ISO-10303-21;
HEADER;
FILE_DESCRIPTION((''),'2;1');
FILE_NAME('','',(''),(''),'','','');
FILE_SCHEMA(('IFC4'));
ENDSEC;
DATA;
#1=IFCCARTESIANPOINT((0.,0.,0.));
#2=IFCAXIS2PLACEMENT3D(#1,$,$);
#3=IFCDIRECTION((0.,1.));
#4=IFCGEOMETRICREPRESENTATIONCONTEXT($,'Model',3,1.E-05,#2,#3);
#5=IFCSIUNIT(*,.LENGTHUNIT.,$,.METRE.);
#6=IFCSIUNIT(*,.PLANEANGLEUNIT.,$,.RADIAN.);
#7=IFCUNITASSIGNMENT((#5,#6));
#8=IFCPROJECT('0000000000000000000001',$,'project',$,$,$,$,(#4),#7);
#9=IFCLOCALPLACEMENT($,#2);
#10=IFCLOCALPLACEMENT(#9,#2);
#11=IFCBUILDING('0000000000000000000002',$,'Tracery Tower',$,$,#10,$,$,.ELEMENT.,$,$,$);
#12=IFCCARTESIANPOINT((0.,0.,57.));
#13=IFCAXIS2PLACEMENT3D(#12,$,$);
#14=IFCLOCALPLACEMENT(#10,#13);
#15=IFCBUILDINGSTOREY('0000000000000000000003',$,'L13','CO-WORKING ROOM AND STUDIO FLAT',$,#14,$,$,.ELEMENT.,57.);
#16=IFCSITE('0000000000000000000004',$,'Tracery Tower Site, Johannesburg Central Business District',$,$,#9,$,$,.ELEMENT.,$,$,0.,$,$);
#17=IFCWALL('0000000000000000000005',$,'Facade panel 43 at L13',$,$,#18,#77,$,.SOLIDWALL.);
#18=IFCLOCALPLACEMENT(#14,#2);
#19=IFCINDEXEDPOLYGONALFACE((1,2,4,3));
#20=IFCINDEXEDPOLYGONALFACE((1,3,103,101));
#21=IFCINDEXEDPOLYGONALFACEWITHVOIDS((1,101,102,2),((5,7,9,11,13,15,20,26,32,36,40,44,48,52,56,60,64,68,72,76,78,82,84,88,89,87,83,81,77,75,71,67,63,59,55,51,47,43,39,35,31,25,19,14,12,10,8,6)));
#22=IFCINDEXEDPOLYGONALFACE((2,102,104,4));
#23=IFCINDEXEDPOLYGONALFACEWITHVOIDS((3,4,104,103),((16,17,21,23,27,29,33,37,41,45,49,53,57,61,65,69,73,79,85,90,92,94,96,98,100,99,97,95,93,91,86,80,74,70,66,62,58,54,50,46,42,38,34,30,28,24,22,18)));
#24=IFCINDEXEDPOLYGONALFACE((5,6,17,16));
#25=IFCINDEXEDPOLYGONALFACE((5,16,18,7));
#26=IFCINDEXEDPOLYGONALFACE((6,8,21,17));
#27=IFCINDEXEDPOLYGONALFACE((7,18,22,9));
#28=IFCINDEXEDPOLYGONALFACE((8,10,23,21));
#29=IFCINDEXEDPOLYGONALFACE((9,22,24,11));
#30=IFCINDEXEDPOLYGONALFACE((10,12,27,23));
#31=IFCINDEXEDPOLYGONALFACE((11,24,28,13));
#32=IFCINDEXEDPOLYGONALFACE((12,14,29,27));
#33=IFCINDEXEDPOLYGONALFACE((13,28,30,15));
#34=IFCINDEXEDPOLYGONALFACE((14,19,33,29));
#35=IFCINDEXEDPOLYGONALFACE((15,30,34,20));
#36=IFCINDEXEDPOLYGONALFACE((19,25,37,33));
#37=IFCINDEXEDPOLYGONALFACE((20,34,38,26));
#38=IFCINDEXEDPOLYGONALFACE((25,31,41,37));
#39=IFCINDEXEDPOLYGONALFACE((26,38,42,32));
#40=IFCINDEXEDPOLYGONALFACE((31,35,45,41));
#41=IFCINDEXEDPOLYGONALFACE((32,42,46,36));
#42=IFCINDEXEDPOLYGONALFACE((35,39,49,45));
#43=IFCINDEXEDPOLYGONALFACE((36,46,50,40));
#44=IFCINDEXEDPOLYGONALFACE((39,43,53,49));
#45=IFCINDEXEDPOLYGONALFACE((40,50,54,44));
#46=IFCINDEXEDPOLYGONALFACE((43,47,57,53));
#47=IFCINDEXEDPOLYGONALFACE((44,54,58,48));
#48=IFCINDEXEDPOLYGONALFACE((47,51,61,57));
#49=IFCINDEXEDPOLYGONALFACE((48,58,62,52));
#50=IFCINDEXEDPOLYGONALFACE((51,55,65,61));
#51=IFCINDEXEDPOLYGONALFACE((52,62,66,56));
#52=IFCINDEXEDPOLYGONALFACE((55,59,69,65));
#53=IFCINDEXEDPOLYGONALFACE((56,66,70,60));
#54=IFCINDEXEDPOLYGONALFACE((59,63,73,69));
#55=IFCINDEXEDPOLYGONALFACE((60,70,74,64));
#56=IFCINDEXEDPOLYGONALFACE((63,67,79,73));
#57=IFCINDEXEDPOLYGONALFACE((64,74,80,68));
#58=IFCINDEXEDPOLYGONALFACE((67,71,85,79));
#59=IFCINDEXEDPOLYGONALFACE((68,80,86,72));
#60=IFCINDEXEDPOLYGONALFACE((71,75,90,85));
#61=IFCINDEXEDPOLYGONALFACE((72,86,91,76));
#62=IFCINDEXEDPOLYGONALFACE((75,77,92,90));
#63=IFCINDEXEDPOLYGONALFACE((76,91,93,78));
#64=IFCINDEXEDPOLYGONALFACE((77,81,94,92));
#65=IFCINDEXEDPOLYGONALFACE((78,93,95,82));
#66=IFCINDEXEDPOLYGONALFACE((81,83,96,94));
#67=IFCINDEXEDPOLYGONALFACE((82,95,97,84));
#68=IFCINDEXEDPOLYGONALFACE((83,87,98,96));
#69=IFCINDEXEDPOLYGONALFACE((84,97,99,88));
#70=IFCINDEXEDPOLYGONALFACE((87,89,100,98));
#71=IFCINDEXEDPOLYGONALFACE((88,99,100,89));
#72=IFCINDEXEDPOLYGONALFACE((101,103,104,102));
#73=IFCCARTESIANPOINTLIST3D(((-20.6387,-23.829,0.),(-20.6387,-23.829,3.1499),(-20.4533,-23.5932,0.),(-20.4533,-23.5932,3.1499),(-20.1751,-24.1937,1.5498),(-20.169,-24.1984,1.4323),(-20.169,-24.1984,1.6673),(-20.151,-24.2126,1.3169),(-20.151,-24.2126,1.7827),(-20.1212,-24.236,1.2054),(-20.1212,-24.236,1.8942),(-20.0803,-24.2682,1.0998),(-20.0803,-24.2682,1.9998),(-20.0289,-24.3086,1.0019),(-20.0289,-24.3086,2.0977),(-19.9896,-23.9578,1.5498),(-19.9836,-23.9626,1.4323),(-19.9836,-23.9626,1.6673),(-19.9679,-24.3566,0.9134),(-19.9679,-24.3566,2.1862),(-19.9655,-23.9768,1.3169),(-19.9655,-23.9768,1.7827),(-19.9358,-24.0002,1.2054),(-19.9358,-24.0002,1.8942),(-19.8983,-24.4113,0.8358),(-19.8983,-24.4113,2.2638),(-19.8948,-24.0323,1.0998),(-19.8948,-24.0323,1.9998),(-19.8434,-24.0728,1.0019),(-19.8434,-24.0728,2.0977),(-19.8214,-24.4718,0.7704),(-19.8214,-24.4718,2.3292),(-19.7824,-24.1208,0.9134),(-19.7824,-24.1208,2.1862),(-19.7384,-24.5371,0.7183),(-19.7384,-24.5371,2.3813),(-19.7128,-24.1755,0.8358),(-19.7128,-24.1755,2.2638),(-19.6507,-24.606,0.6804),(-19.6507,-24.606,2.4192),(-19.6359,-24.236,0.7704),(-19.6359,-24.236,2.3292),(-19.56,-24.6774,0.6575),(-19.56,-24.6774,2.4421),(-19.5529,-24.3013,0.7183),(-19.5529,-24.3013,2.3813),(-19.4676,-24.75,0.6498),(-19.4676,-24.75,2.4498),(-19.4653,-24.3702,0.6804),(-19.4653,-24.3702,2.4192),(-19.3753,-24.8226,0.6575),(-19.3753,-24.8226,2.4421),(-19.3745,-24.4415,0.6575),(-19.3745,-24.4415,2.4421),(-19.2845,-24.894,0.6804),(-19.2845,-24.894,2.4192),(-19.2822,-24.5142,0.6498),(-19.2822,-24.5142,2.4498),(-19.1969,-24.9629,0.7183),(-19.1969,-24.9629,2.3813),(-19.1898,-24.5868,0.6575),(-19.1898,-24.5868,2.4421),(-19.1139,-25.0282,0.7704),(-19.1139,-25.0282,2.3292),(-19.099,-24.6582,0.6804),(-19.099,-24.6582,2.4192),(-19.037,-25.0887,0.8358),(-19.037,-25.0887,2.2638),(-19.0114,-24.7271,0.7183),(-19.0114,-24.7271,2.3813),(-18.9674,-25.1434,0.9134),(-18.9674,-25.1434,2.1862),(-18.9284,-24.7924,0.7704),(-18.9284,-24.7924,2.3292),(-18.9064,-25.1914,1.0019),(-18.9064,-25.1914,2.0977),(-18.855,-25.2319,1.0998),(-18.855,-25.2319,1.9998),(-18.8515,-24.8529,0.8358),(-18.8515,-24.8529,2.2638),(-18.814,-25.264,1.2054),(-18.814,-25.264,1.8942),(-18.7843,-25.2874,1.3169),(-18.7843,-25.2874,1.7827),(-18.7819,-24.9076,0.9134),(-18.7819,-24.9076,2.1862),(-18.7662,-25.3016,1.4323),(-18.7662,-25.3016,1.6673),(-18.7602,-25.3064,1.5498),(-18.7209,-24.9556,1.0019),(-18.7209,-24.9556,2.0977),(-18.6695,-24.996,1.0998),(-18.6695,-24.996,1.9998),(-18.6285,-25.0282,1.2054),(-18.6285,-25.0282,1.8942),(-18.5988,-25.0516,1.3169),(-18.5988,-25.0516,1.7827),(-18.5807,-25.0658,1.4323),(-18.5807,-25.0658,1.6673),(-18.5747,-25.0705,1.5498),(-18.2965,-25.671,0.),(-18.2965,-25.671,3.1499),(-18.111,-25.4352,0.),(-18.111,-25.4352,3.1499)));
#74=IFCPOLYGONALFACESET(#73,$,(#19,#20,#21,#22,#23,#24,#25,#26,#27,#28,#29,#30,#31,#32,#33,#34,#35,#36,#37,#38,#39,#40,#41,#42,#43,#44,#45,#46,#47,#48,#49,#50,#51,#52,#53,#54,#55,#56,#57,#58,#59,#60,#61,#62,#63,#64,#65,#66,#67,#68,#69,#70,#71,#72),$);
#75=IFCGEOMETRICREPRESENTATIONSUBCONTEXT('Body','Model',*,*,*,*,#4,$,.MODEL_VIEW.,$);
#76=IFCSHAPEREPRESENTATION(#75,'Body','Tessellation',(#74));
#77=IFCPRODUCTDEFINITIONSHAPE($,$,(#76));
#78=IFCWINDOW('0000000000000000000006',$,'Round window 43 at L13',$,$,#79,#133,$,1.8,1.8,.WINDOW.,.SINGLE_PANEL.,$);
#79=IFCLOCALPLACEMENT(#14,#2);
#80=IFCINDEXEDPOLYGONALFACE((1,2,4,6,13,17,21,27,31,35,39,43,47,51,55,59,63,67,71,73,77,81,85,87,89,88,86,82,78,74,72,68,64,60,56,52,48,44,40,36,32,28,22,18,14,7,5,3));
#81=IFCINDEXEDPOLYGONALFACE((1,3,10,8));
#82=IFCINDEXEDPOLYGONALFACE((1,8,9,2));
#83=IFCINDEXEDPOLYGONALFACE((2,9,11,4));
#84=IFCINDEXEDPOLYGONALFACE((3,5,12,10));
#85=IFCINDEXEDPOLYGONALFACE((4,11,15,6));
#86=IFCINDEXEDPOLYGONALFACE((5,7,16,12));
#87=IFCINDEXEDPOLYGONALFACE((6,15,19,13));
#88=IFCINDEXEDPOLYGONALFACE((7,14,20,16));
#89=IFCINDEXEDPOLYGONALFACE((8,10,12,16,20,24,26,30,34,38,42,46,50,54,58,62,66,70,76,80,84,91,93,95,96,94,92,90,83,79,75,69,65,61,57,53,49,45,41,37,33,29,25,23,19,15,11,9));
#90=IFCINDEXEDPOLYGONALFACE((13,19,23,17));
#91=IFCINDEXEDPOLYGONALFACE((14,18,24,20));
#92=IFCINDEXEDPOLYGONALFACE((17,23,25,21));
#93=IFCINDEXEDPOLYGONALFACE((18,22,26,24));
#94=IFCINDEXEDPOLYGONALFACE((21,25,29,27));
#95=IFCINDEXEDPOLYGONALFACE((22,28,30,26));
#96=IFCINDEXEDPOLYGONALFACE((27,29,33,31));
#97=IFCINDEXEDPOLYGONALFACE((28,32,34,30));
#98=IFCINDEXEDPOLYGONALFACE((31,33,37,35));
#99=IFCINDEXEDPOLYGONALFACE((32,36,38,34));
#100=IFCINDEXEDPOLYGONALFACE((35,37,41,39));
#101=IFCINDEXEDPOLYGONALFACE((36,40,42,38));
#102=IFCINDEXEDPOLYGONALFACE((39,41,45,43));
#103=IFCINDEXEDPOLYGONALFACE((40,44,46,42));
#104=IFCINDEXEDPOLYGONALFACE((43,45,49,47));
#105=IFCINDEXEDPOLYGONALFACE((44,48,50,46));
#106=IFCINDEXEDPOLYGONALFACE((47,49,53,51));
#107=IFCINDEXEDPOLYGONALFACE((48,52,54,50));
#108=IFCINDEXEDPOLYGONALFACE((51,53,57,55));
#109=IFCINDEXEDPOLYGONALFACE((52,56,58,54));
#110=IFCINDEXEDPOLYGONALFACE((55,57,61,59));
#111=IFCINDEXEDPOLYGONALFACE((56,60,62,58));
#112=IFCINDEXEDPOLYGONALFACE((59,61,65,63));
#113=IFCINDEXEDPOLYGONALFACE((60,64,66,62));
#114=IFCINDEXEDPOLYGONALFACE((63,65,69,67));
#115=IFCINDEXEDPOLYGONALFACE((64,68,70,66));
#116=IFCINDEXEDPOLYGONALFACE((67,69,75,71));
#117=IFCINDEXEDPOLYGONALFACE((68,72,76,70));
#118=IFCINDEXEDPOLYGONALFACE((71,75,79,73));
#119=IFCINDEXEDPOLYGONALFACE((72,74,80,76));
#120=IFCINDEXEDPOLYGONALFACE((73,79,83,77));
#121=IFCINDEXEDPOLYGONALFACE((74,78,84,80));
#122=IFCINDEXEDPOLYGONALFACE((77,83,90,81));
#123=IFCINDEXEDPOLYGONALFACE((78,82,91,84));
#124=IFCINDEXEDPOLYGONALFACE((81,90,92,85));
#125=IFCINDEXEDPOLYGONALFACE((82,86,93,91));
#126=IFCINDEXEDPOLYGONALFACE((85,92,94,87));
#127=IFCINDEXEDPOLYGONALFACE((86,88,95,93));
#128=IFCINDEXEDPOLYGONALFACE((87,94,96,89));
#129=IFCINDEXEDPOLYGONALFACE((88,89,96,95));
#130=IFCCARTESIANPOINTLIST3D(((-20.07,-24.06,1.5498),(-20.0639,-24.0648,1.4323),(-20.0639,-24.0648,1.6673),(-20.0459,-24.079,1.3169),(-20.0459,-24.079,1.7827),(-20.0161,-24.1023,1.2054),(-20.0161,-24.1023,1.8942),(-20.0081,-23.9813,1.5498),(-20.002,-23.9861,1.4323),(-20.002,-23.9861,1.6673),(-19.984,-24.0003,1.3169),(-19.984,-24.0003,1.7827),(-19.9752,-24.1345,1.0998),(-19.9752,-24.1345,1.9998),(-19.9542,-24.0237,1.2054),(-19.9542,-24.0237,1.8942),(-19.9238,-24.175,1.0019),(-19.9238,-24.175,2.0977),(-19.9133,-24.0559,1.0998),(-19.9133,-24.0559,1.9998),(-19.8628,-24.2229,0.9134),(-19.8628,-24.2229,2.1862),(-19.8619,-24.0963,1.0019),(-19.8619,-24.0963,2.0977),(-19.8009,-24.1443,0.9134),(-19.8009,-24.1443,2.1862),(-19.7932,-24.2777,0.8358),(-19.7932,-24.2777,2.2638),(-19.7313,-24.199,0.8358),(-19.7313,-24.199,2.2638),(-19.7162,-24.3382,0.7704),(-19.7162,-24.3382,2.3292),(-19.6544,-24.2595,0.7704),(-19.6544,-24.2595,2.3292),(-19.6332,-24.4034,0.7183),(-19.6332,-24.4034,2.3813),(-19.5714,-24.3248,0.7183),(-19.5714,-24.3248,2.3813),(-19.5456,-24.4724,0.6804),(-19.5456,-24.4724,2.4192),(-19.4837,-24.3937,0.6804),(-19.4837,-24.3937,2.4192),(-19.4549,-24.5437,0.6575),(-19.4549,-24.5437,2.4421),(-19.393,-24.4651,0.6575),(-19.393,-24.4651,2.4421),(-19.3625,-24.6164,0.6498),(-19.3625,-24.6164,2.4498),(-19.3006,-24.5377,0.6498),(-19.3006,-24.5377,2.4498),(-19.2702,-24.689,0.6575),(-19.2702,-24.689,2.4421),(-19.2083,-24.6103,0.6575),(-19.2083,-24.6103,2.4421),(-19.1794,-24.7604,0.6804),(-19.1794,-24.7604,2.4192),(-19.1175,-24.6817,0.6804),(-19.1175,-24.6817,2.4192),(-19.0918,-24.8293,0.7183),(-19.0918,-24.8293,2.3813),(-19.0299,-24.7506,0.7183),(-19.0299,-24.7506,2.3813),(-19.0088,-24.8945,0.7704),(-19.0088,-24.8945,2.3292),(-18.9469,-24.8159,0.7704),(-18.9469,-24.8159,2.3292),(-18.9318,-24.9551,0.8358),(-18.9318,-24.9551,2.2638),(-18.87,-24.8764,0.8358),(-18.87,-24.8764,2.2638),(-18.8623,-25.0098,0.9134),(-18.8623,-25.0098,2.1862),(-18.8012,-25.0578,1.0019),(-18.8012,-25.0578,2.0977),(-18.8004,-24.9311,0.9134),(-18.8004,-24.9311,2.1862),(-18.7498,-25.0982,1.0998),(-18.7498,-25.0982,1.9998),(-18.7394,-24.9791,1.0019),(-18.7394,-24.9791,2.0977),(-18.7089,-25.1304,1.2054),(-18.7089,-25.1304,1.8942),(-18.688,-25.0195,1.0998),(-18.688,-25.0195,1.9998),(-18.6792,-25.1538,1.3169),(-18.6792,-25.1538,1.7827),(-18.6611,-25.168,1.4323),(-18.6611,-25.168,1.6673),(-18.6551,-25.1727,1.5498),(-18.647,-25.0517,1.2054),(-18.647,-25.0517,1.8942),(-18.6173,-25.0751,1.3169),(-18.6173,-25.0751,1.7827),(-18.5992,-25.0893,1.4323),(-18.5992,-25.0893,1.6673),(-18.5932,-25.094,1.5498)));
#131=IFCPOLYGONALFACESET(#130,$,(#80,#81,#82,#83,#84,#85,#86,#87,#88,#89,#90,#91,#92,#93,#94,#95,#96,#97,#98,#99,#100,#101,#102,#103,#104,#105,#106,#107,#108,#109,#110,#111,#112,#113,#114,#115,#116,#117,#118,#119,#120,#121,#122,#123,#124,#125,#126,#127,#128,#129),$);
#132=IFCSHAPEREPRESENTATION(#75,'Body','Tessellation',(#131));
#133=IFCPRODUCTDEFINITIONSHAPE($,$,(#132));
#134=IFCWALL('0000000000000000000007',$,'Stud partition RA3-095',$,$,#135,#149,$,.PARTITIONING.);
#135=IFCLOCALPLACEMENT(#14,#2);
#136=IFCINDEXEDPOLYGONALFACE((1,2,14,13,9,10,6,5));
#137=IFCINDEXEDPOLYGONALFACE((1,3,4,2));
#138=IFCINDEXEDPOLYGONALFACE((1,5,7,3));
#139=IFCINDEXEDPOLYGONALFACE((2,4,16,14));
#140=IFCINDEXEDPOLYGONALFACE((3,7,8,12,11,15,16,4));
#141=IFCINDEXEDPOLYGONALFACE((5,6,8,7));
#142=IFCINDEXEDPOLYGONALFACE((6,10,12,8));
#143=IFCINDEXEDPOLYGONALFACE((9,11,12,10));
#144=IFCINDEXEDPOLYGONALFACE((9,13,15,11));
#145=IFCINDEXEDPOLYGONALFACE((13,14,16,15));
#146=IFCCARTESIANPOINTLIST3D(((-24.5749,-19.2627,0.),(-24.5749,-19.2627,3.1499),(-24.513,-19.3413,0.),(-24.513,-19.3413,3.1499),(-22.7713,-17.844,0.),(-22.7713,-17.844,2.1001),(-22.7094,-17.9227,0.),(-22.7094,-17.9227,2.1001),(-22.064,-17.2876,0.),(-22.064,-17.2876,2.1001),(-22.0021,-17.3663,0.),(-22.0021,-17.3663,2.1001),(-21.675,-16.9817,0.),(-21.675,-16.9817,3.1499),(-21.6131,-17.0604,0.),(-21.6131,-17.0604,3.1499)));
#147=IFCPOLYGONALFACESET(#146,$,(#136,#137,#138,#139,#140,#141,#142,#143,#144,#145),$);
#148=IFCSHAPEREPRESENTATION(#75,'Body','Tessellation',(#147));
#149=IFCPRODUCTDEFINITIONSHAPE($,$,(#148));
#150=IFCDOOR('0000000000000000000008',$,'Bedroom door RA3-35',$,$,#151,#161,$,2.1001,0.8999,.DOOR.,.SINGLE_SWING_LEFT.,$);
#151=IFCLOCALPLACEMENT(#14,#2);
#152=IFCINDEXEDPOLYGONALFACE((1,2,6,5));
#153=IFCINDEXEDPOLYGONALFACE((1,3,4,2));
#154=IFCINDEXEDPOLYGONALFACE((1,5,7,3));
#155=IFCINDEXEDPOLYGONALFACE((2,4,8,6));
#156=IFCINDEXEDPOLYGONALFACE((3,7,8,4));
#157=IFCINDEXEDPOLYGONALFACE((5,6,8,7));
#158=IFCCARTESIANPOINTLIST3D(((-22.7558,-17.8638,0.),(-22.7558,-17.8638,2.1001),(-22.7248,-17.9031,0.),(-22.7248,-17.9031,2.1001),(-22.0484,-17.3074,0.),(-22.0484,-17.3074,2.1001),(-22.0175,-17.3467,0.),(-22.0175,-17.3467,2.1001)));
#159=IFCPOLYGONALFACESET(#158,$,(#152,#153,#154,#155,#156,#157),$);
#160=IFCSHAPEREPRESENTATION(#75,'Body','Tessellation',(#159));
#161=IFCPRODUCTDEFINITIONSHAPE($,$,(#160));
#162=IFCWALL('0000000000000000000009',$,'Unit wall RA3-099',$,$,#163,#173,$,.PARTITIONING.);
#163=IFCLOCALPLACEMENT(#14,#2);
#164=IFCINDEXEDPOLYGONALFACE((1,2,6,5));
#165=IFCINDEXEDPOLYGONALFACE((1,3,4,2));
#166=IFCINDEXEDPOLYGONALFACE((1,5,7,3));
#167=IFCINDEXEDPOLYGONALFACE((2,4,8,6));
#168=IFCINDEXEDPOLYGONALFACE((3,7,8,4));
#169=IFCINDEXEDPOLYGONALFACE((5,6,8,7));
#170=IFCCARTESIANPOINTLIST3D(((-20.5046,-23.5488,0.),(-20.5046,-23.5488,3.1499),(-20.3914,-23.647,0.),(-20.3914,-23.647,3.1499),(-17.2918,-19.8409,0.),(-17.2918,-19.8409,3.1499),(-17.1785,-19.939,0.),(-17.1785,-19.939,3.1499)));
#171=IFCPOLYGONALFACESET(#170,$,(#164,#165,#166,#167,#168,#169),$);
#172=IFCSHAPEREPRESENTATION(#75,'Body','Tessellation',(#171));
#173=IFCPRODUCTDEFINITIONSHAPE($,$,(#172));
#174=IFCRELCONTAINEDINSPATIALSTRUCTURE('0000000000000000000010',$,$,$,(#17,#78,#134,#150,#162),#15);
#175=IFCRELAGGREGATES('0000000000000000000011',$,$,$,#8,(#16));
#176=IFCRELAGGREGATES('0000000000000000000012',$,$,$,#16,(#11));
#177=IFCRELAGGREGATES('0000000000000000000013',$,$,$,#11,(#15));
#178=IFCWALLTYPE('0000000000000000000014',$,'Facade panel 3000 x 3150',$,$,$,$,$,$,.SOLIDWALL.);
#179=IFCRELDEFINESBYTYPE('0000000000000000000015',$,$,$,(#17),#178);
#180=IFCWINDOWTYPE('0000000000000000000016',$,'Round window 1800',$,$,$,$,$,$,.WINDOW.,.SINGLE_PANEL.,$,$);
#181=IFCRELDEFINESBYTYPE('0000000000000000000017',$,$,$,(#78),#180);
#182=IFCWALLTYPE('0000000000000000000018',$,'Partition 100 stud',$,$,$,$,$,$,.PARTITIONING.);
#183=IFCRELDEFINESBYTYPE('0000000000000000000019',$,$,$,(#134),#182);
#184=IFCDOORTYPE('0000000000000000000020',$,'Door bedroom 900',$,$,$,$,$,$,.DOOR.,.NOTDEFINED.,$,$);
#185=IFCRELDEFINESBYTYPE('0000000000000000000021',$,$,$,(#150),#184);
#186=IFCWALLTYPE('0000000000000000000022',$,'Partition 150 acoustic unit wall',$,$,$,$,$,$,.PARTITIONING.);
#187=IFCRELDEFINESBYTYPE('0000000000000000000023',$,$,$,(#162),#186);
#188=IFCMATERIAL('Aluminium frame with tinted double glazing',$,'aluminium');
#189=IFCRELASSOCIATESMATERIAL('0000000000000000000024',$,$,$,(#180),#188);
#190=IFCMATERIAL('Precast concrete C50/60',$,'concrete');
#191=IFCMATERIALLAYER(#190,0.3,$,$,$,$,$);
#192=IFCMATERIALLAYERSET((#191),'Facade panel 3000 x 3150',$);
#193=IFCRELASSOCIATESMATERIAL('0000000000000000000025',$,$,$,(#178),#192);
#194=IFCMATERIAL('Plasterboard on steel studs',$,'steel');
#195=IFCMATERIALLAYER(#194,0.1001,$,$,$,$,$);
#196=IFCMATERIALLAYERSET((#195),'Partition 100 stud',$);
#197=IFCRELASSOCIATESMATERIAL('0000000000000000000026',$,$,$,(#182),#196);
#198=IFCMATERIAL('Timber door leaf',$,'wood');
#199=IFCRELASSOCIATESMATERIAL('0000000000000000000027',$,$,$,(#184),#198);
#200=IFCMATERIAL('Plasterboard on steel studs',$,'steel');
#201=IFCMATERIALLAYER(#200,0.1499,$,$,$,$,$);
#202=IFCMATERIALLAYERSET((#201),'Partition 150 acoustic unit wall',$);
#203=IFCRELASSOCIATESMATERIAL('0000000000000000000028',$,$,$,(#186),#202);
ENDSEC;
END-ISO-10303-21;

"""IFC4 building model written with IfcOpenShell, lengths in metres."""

from ifc_helpers import new_model, si_unit, direction, frame, frame_2d, origin, origin_2d, place, context, subcontext, project, spatial, rectangle, circle, extrude, material, layer, layer_set, type_object, element, fill, save


model = new_model("IFC4")

# Units and contexts
model_context = context("Model", 3, precision=1e-05, world=origin(), true_north=direction((0.0, 1.0)))
body_context = subcontext(model_context, "Body", "Model", "MODEL_VIEW")
ifc_project = project(units=[si_unit("LENGTHUNIT", "METRE"), si_unit("PLANEANGLEUNIT", "RADIAN")], contexts=[model_context])

# Site, building, storey
site_placement = place(None, origin())
site = spatial("IfcSite", under=ifc_project, at=site_placement, Name="Tracery Tower Site, Johannesburg Central Business District", CompositionType="ELEMENT", RefElevation=0.0)
building_placement = place(site_placement, origin())
building = spatial("IfcBuilding", under=site, at=building_placement, Name="Tracery Tower", CompositionType="ELEMENT")
storey_placement = place(building_placement, frame((0.0, 0.0, 57.0)))
storey = spatial("IfcBuildingStorey", under=building, at=storey_placement, Name="L13", Description="CO-WORKING ROOM AND STUDIO FLAT", CompositionType="ELEMENT", Elevation=57.0)

# Wall, opening, window
ifc_material_1 = material(Name="Aluminium frame with tinted double glazing", Category="aluminium")
window_type = type_object("IfcWindowType", Name="Round window 1800", PartitioningType="SINGLE_PANEL", PredefinedType="WINDOW", material=ifc_material_1)
ifc_material_2 = material(Name="Precast concrete C50/60", Category="concrete")
ifc_layer_1 = layer(ifc_material_2, 0.3)
ifc_layer_set_1 = layer_set([ifc_layer_1], Name="Facade panel 3000 x 3150")
wall_type_1 = type_object("IfcWallType", Name="Facade panel 3000 x 3150", PredefinedType="SOLIDWALL", material=ifc_layer_set_1)
wall_1_placement = place(storey_placement, frame((-20.5459, -23.7112, 0.0), z_axis=(0.0, 0.0, 1.0), x_axis=(0.786045, -0.618169, 0.0)))
wall_1 = element("IfcWall", 1, at=wall_1_placement, inside=storey, type_object=wall_type_1, Name="Facade panel 43 at L13", PredefinedType="SOLIDWALL", context=body_context, shape_type="SweptSolid", body=[
    extrude(rectangle(XDim=2.9797, YDim=0.3, at=frame_2d((1.4897, 0.0))), origin(), (0.0, 0.0, 1.0), 3.1499),
])
opening_1_placement = place(wall_1_placement, frame((1.4897, 0.0, 1.5498)))
opening_1 = element("IfcOpeningElement", 2, at=opening_1_placement, cuts=wall_1, PredefinedType="OPENING", context=body_context, shape_type="SweptSolid", body=[
    extrude(circle(Radius=0.9, at=origin_2d()), frame((0.0, 0.1599, 0.0), z_axis=(0.0, -1.0, 0.0), x_axis=(1.0, 0.0, 0.0)), (0.0, 0.0, 1.0), 0.3201),
])
window_1_placement = place(opening_1_placement, origin())
window_1 = element("IfcWindow", 3, at=window_1_placement, inside=storey, type_object=window_type, Name="Round window 43 at L13", OverallHeight=1.8, OverallWidth=1.8, PartitioningType="SINGLE_PANEL", PredefinedType="WINDOW", context=body_context, shape_type="SweptSolid", body=[
    extrude(circle(Radius=0.9, at=origin_2d()), frame((0.0, 0.1201, 0.0), z_axis=(0.0, -1.0, 0.0), x_axis=(1.0, 0.0, 0.0)), (0.0, 0.0, 1.0), 0.1001),
])
fill(opening_1, window_1)

# Wall, opening, door
ifc_material_3 = material(Name="Plasterboard on steel studs", Category="steel")
ifc_layer_2 = layer(ifc_material_3, 0.1001)
ifc_layer_set_2 = layer_set([ifc_layer_2], Name="Partition 100 stud")
wall_type_2 = type_object("IfcWallType", Name="Partition 100 stud", PredefinedType="PARTITIONING", material=ifc_layer_set_2)
wall_2_placement = place(storey_placement, frame((-24.5439, -19.302, 0.0), z_axis=(0.0, 0.0, 1.0), x_axis=(0.785988, 0.618242, 0.0)))
wall_2 = element("IfcWall", 4, at=wall_2_placement, inside=storey, type_object=wall_type_2, Name="Stud partition RA3-095", PredefinedType="PARTITIONING", context=body_context, shape_type="SweptSolid", body=[
    extrude(rectangle(XDim=3.6895, YDim=0.1001, at=frame_2d((1.8447, 0.0))), origin(), (0.0, 0.0, 1.0), 3.1499),
])
opening_2_placement = place(wall_2_placement, frame((2.2947, 0.0, 0.0)))
opening_2 = element("IfcOpeningElement", 5, at=opening_2_placement, cuts=wall_2, PredefinedType="OPENING", context=body_context, shape_type="SweptSolid", body=[
    extrude(rectangle(XDim=0.8999, YDim=2.1001, at=frame_2d((0.45, 1.05))), frame((0.0, 0.05, 0.0), z_axis=(0.0, -1.0, 0.0), x_axis=(1.0, 0.0, 0.0)), (0.0, 0.0, 1.0), 0.1001),
])
ifc_material_4 = material(Name="Timber door leaf", Category="wood")
door_type_1 = type_object("IfcDoorType", Name="Door bedroom 900", OperationType="NOTDEFINED", PredefinedType="DOOR", material=ifc_material_4)
door_1_placement = place(opening_2_placement, origin())
door_1 = element("IfcDoor", 6, at=door_1_placement, inside=storey, type_object=door_type_1, Name="Bedroom door RA3-35", OperationType="SINGLE_SWING_LEFT", OverallHeight=2.1001, OverallWidth=0.8999, PredefinedType="DOOR", context=body_context, shape_type="SweptSolid", body=[
    extrude(rectangle(XDim=0.8999, YDim=2.1001, at=frame_2d((0.45, 1.05))), frame((0.0, 0.0249, 0.0), z_axis=(0.0, -1.0, 0.0), x_axis=(1.0, 0.0, 0.0)), (0.0, 0.0, 1.0), 0.05),
])
fill(opening_2, door_1)

# Wall
ifc_material_5 = material(Name="Plasterboard on steel studs", Category="steel")
ifc_layer_3 = layer(ifc_material_5, 0.1499)
ifc_layer_set_3 = layer_set([ifc_layer_3], Name="Partition 150 acoustic unit wall")
wall_type_3 = type_object("IfcWallType", Name="Partition 150 acoustic unit wall", PredefinedType="PARTITIONING", material=ifc_layer_set_3)
wall_3_placement = place(storey_placement, frame((-20.448, -23.5979, 0.0), z_axis=(0.0, 0.0, 1.0), x_axis=(0.654847, 0.755761, 0.0)))
element("IfcWall", 7, at=wall_3_placement, inside=storey, type_object=wall_type_3, Name="Unit wall RA3-099", PredefinedType="PARTITIONING", context=body_context, shape_type="SweptSolid", body=[
    extrude(rectangle(XDim=4.9062, YDim=0.1499, at=frame_2d((2.4531, 0.0))), origin(), (0.0, 0.0, 1.0), 3.1499),
])

save(model, "model.ifc")
